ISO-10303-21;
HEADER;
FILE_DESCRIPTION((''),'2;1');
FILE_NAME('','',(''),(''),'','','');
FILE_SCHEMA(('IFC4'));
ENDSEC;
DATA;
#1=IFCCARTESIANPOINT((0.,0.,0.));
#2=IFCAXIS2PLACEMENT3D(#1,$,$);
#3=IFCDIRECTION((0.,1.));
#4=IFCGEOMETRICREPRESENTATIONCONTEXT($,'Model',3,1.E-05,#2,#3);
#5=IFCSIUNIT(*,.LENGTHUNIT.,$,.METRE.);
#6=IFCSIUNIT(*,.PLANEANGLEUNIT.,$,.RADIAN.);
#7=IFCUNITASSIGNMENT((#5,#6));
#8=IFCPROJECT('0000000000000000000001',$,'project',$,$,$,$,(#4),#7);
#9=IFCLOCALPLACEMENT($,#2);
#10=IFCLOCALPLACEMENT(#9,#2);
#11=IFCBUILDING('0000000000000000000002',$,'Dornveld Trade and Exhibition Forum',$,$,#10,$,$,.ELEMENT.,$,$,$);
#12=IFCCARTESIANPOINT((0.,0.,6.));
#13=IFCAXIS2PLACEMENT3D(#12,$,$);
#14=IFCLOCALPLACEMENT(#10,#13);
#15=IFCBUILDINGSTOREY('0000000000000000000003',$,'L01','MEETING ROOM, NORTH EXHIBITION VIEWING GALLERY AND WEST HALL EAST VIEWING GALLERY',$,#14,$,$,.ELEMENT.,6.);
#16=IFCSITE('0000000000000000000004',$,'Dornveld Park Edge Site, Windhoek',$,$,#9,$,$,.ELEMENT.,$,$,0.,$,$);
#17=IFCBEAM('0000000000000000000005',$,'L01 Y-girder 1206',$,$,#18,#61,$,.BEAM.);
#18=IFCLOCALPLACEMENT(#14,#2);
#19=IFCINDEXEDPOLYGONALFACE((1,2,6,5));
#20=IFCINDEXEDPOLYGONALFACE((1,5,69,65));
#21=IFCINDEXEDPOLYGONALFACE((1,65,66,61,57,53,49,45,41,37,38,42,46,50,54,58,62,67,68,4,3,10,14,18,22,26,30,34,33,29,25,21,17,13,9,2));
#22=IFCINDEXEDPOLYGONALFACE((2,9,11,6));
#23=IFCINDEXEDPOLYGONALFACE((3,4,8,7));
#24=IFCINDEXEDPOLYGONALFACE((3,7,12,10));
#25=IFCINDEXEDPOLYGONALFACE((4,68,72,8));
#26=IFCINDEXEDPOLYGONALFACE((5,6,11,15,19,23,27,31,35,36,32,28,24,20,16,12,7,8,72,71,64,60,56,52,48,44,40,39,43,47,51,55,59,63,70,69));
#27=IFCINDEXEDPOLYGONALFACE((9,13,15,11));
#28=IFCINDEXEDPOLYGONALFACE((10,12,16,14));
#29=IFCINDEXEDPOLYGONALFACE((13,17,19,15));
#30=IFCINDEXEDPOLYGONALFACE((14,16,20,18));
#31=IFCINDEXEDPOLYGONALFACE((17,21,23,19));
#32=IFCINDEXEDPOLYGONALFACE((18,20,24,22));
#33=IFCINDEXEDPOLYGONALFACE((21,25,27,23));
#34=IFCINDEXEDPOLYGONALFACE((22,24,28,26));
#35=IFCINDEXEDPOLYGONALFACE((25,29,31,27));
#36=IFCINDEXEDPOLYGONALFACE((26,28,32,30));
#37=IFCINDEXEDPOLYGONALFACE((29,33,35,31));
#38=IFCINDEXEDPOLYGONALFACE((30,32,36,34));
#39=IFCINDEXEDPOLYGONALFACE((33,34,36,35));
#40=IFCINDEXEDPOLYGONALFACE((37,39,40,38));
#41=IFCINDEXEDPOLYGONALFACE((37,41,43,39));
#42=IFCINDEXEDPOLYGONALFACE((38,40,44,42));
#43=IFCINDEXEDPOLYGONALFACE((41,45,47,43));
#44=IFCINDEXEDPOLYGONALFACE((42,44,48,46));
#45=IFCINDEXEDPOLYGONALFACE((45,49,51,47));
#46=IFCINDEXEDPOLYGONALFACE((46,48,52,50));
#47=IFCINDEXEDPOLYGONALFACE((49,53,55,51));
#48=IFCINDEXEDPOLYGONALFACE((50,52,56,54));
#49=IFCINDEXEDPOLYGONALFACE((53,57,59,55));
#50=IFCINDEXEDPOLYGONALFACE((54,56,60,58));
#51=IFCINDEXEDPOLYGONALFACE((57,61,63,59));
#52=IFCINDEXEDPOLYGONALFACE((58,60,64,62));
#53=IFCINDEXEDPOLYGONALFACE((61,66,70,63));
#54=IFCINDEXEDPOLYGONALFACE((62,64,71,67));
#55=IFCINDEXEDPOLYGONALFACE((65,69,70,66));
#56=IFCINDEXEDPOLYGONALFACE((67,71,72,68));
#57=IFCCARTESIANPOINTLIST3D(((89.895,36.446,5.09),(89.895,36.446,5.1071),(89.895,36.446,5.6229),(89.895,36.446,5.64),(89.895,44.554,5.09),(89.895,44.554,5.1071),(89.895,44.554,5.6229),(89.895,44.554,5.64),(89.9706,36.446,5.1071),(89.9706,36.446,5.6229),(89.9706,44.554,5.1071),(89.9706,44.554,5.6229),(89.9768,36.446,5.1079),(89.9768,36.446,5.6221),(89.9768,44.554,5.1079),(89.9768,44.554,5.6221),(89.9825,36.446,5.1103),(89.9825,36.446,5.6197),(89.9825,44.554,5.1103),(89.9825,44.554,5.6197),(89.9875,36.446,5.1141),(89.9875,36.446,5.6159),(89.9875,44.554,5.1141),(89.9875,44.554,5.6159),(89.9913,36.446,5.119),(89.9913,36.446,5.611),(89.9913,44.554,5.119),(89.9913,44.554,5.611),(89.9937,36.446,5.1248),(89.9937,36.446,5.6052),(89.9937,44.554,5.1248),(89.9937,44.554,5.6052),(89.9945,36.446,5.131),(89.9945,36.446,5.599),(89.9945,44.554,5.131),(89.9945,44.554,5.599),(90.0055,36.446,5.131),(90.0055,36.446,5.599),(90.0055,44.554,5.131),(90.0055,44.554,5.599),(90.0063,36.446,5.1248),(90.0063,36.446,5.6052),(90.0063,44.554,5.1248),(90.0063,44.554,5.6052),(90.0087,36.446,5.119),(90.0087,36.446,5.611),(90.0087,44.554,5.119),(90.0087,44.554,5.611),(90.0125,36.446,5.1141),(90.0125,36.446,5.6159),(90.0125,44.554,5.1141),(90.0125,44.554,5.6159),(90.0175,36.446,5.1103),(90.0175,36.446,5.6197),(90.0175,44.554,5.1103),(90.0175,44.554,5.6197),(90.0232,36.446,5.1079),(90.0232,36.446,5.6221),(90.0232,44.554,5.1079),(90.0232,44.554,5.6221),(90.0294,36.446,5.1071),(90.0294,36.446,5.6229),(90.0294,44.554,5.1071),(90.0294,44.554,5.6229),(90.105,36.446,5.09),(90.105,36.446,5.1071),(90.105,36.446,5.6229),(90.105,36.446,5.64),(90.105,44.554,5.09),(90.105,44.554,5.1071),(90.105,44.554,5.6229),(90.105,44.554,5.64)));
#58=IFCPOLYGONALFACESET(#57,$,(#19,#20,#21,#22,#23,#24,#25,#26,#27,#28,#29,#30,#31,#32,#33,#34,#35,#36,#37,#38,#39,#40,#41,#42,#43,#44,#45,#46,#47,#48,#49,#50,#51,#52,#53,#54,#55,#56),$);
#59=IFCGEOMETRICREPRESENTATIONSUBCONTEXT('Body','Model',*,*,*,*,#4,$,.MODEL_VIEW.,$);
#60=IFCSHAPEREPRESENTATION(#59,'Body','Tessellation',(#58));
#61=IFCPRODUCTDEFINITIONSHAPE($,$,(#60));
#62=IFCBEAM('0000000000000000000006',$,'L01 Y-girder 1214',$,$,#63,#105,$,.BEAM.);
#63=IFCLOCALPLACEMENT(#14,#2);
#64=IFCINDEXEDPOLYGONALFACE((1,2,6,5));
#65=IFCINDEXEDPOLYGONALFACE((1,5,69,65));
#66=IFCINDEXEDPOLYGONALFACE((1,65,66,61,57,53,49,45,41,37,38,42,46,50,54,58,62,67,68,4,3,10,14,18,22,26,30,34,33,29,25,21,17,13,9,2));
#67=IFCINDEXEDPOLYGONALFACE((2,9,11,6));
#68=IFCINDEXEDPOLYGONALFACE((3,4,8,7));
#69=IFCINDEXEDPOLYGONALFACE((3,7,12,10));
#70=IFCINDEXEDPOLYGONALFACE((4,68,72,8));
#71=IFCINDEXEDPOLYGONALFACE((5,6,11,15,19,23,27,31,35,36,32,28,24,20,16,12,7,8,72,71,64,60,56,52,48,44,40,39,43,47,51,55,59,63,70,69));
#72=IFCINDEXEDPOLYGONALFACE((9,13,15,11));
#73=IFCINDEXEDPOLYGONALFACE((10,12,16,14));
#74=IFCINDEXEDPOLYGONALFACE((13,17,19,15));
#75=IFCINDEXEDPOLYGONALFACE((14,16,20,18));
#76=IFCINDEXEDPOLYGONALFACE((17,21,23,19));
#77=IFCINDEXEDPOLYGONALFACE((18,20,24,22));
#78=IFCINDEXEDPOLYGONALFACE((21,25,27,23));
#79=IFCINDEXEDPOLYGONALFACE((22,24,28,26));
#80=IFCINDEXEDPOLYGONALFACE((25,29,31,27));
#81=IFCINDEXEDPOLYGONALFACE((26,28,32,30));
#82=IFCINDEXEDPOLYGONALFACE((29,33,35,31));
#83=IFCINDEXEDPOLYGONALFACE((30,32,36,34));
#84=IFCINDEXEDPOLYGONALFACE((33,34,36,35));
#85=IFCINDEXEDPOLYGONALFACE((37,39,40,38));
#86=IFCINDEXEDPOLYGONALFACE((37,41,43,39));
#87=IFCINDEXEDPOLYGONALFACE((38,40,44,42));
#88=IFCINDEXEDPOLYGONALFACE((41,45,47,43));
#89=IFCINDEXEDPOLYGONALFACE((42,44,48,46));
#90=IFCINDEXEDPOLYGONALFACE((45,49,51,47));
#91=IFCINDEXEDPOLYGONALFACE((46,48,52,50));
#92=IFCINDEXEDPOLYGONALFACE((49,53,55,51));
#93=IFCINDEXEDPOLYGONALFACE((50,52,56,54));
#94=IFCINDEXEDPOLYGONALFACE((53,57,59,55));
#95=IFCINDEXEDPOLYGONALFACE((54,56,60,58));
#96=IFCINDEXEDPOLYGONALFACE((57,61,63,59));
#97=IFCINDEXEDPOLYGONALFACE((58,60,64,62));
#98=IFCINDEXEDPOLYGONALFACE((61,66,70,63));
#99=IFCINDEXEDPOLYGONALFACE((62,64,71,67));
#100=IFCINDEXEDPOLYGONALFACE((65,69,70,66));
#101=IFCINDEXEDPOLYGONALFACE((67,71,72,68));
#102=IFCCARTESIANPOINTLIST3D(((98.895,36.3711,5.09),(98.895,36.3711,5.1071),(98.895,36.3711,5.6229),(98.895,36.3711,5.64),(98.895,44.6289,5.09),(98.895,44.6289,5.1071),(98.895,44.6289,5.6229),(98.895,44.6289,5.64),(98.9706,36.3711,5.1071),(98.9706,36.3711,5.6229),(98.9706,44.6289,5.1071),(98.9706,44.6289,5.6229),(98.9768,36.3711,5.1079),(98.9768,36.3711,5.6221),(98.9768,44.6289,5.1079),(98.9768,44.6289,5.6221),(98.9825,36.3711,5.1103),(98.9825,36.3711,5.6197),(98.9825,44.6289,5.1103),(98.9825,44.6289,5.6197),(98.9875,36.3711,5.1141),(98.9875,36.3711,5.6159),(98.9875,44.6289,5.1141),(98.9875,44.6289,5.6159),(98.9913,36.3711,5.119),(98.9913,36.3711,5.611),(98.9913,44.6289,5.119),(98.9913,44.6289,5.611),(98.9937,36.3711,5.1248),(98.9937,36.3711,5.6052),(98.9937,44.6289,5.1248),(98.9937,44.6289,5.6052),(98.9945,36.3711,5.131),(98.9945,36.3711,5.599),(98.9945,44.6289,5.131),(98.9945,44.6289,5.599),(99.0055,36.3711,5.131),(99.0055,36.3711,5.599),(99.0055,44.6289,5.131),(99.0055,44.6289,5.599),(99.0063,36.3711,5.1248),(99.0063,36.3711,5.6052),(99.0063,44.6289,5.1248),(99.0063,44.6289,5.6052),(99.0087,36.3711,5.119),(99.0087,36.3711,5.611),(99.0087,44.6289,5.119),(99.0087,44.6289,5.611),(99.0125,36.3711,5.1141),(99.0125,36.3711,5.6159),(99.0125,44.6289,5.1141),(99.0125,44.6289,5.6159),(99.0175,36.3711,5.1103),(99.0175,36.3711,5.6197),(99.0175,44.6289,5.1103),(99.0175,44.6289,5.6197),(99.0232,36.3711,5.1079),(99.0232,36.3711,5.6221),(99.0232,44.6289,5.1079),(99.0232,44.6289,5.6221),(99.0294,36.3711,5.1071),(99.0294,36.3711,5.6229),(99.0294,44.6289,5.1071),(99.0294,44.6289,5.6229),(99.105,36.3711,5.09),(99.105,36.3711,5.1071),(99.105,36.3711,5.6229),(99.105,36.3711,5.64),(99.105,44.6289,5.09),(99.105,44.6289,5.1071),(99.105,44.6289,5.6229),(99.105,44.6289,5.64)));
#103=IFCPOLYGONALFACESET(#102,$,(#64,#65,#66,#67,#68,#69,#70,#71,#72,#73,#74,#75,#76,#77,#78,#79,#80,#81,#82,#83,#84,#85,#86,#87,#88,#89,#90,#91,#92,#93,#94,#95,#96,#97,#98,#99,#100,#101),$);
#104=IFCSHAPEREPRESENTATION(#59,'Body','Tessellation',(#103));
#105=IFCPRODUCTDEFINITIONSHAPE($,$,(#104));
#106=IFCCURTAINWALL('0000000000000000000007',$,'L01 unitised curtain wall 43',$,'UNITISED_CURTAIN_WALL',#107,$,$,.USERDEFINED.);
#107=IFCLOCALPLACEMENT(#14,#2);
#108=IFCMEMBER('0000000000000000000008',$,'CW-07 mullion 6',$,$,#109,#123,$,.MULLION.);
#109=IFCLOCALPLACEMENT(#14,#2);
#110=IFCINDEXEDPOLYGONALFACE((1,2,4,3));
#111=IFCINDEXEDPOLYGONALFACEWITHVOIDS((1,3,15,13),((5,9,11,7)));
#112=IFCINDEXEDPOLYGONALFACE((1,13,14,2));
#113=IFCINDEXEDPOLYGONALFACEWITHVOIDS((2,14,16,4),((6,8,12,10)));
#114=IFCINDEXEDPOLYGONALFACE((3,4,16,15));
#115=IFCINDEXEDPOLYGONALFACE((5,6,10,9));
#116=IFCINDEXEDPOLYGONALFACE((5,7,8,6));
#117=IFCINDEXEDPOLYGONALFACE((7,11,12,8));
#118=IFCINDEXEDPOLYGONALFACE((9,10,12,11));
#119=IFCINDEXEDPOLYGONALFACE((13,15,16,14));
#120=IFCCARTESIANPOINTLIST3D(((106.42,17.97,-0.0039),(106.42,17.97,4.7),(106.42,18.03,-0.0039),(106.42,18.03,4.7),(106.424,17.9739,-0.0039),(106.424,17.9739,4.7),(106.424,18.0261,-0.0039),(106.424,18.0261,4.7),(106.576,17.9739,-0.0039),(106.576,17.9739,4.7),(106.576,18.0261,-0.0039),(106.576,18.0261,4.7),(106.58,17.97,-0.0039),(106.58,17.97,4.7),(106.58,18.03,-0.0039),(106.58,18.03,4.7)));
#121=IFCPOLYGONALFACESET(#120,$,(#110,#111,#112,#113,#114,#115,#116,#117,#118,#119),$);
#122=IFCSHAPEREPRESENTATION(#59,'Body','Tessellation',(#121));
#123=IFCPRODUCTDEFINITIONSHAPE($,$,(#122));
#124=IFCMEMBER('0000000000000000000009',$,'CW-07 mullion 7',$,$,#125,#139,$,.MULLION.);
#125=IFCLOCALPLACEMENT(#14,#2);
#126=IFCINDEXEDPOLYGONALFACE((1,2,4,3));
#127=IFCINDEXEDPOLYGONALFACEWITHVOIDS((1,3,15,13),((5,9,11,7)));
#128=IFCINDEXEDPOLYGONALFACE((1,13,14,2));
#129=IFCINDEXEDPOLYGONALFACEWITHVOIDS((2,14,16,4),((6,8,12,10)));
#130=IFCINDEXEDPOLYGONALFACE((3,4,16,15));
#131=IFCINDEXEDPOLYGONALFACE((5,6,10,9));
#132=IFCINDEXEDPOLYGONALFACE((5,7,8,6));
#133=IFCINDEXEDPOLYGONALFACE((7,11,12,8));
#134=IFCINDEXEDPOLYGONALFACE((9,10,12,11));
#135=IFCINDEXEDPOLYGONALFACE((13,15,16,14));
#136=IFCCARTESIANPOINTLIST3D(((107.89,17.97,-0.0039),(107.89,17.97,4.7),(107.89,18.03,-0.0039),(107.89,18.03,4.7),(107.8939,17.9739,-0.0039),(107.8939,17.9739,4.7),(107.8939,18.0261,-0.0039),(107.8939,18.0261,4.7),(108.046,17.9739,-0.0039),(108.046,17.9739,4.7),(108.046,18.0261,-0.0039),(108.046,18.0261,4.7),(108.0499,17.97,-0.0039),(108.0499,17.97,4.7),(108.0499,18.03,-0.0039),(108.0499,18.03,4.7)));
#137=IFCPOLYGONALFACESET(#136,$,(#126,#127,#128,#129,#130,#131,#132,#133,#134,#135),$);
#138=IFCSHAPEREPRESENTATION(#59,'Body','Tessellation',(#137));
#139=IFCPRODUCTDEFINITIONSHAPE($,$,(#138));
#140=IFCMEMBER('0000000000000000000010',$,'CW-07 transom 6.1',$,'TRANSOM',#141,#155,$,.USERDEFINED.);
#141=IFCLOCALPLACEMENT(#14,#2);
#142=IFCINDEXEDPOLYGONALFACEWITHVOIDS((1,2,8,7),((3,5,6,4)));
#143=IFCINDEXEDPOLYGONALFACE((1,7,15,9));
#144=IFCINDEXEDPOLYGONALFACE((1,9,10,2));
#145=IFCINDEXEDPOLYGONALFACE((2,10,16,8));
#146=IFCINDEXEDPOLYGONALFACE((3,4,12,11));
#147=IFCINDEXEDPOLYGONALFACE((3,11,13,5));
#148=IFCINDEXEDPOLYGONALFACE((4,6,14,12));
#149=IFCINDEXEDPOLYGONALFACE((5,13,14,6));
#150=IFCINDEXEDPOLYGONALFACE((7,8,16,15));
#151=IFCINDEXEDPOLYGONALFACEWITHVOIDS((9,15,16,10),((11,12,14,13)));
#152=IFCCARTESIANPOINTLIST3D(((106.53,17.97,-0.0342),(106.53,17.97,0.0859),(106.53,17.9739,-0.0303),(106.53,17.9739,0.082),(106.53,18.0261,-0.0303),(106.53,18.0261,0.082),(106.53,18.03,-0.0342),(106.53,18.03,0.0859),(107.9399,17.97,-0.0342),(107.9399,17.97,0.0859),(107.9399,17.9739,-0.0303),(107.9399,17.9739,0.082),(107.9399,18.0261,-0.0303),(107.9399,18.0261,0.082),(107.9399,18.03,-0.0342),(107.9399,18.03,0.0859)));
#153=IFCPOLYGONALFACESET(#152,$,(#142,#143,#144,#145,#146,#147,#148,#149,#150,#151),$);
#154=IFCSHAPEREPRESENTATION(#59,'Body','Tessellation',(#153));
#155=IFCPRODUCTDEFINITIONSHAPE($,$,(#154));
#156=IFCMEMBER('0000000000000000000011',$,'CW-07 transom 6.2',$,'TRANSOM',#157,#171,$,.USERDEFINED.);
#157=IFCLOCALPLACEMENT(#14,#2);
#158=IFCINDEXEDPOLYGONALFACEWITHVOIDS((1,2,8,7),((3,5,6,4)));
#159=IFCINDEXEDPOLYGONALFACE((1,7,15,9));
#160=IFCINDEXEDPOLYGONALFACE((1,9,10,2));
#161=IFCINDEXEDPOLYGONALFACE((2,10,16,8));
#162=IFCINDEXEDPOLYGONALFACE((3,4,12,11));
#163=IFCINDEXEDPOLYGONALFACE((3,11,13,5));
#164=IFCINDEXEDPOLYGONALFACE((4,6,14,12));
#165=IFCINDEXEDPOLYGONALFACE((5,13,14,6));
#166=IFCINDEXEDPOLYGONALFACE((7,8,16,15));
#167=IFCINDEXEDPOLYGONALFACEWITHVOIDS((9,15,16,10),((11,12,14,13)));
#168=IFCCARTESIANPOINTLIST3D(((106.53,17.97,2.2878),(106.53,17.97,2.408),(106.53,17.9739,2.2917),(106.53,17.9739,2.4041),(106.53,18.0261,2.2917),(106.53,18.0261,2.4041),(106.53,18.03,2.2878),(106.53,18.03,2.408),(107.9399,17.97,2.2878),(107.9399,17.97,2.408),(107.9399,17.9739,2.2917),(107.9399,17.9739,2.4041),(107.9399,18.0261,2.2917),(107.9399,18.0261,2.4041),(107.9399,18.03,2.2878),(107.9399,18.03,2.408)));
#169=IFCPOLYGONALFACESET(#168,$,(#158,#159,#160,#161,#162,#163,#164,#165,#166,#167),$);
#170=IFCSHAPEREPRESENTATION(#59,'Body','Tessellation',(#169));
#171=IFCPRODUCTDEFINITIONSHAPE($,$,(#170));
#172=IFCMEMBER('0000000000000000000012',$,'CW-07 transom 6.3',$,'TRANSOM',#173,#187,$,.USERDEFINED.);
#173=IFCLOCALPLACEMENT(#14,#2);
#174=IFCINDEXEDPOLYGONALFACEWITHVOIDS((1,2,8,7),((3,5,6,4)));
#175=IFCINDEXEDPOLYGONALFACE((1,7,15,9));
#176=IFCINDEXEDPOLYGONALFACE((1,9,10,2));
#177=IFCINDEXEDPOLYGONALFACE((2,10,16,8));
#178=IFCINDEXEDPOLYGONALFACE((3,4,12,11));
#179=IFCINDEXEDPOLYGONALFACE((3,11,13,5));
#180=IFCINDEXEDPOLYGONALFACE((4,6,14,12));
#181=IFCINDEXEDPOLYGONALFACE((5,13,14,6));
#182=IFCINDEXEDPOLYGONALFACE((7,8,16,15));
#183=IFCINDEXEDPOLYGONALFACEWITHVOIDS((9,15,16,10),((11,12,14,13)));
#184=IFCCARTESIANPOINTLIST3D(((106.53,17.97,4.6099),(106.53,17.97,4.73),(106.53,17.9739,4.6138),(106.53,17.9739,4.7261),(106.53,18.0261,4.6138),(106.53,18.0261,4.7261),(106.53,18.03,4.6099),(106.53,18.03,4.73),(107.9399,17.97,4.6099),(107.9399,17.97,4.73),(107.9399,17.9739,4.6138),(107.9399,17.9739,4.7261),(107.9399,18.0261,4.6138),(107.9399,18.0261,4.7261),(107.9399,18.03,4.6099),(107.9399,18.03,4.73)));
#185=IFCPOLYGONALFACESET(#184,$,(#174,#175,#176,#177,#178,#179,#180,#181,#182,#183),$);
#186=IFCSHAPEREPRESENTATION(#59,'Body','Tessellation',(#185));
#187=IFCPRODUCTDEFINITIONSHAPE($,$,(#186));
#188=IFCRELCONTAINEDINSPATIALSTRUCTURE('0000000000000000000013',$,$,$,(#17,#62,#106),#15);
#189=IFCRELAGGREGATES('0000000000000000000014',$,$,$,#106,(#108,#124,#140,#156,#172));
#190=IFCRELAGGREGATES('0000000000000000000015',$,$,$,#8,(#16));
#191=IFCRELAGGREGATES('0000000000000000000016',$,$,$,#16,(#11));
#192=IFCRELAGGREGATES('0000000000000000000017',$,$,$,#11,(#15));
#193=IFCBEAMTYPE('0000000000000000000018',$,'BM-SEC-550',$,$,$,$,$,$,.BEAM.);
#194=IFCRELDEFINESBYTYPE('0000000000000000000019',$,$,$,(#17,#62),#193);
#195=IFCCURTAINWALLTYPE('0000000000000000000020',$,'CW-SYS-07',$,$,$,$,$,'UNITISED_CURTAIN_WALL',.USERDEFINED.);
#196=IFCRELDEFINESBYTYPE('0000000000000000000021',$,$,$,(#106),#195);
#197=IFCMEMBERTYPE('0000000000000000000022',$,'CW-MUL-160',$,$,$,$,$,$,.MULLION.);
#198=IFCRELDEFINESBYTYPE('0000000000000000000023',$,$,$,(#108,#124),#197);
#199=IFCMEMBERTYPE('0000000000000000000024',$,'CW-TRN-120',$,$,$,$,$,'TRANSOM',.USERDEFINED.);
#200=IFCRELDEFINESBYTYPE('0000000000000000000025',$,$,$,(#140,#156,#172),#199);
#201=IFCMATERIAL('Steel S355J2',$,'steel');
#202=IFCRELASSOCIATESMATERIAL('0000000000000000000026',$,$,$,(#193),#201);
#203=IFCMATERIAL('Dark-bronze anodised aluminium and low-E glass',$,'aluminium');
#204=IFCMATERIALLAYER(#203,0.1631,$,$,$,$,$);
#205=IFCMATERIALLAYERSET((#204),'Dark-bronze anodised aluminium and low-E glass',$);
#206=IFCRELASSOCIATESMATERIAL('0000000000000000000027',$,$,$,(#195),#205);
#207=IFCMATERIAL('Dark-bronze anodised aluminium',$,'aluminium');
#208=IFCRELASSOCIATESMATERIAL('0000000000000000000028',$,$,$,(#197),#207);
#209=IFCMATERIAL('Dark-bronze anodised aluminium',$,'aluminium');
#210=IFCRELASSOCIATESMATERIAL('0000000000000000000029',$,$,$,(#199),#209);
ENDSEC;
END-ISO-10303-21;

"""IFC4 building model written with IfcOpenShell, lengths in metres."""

from ifc_helpers import new_model, si_unit, direction, frame, origin, origin_2d, place, context, subcontext, project, spatial, hollow_rectangle, i_section, extrude, material, layer, layer_set, material_profile, profile_set, type_object, element, aggregate, save


model = new_model("IFC4")

# Units and contexts
model_context = context("Model", 3, precision=1e-05, world=origin(), true_north=direction((0.0, 1.0)))
body_context = subcontext(model_context, "Body", "Model", "MODEL_VIEW")
ifc_project = project(units=[si_unit("LENGTHUNIT", "METRE"), si_unit("PLANEANGLEUNIT", "RADIAN")], contexts=[model_context])

# Site, building, storey
site_placement = place(None, origin())
site = spatial("IfcSite", under=ifc_project, at=site_placement, Name="Dornveld Park Edge Site, Windhoek", CompositionType="ELEMENT", RefElevation=0.0)
building_placement = place(site_placement, origin())
building = spatial("IfcBuilding", under=site, at=building_placement, Name="Dornveld Trade and Exhibition Forum", CompositionType="ELEMENT")
storey_placement = place(building_placement, frame((0.0, 0.0, 6.0)))
storey = spatial("IfcBuildingStorey", under=building, at=storey_placement, Name="L01", Description="MEETING ROOM, NORTH EXHIBITION VIEWING GALLERY AND WEST HALL EAST VIEWING GALLERY", CompositionType="ELEMENT", Elevation=6.0)

# Beams
ifc_material_1 = material(Name="Steel S355J2", Category="steel")
ifc_material_profile_1 = material_profile(ifc_material_1, i_section(OverallWidth=0.21, OverallDepth=0.55, WebThickness=0.011, FlangeThickness=0.0171, FilletRadius=0.0239, at=origin_2d()), Name="IPE 550")
ifc_profile_set_1 = profile_set([ifc_material_profile_1], Name="Steel S355J2")
beam_type_1 = type_object("IfcBeamType", Name="BM-SEC-550", PredefinedType="BEAM", material=ifc_profile_set_1)
beam_1_placement = place(storey_placement, frame((90.0, 36.446, 5.365), z_axis=(0.0, 1.0, 0.0), x_axis=(-1.0, 0.0, 0.0)))
element("IfcBeam", 1, at=beam_1_placement, inside=storey, type_object=beam_type_1, Name="L01 Y-girder 1206", PredefinedType="BEAM", context=body_context, shape_type="SweptSolid", body=[
    extrude(i_section(OverallWidth=0.21, OverallDepth=0.55, WebThickness=0.011, FlangeThickness=0.0171, FilletRadius=0.0239, at=origin_2d()), origin(), (0.0, 0.0, 1.0), 8.1079),
])
beam_2_placement = place(storey_placement, frame((99.0, 36.3711, 5.365), z_axis=(0.0, 1.0, 0.0), x_axis=(-1.0, 0.0, 0.0)))
element("IfcBeam", 2, at=beam_2_placement, inside=storey, type_object=beam_type_1, Name="L01 Y-girder 1214", PredefinedType="BEAM", context=body_context, shape_type="SweptSolid", body=[
    extrude(i_section(OverallWidth=0.21, OverallDepth=0.55, WebThickness=0.011, FlangeThickness=0.0171, FilletRadius=0.0239, at=origin_2d()), origin(), (0.0, 0.0, 1.0), 8.2578),
])

# Curtain wall, members
ifc_material_2 = material(Name="Dark-bronze anodised aluminium and low-E glass", Category="aluminium")
ifc_layer_1 = layer(ifc_material_2, 0.1631)
ifc_layer_set_1 = layer_set([ifc_layer_1], Name="Dark-bronze anodised aluminium and low-E glass")
curtain_wall_type = type_object("IfcCurtainWallType", Name="CW-SYS-07", ElementType="UNITISED_CURTAIN_WALL", PredefinedType="USERDEFINED", material=ifc_layer_set_1)
curtain_wall_placement = place(storey_placement, origin())
curtain_wall = element("IfcCurtainWall", 3, at=curtain_wall_placement, inside=storey, type_object=curtain_wall_type, Name="L01 unitised curtain wall 43", ObjectType="UNITISED_CURTAIN_WALL", PredefinedType="USERDEFINED")
ifc_material_3 = material(Name="Dark-bronze anodised aluminium", Category="aluminium")
ifc_material_profile_2 = material_profile(ifc_material_3, hollow_rectangle(XDim=0.0601, YDim=0.1599, WallThickness=0.0039, at=origin_2d()), Name="RHS 160x60x4")
ifc_profile_set_2 = profile_set([ifc_material_profile_2], Name="Dark-bronze anodised aluminium")
member_type_1 = type_object("IfcMemberType", Name="CW-MUL-160", PredefinedType="MULLION", material=ifc_profile_set_2)
member_1_placement = place(storey_placement, frame((106.5, 18.0, -0.0039), z_axis=(0.0, 0.0, 1.0), x_axis=(0.0, 1.0, 0.0)))
member_1 = element("IfcMember", 4, at=member_1_placement, type_object=member_type_1, Name="CW-07 mullion 6", PredefinedType="MULLION", context=body_context, shape_type="SweptSolid", body=[
    extrude(hollow_rectangle(XDim=0.0601, YDim=0.1599, WallThickness=0.0039, at=origin_2d()), origin(), (0.0, 0.0, 1.0), 4.7039),
])
member_2_placement = place(storey_placement, frame((107.97, 18.0, -0.0039), z_axis=(0.0, 0.0, 1.0), x_axis=(0.0, 1.0, 0.0)))
member_2 = element("IfcMember", 5, at=member_2_placement, type_object=member_type_1, Name="CW-07 mullion 7", PredefinedType="MULLION", context=body_context, shape_type="SweptSolid", body=[
    extrude(hollow_rectangle(XDim=0.0601, YDim=0.1599, WallThickness=0.0039, at=origin_2d()), origin(), (0.0, 0.0, 1.0), 4.7039),
])
ifc_material_4 = material(Name="Dark-bronze anodised aluminium", Category="aluminium")
ifc_material_profile_3 = material_profile(ifc_material_4, hollow_rectangle(XDim=0.0601, YDim=0.1201, WallThickness=0.0039, at=origin_2d()), Name="RHS 120x60x4")
ifc_profile_set_3 = profile_set([ifc_material_profile_3], Name="Dark-bronze anodised aluminium")
member_type_2 = type_object("IfcMemberType", Name="CW-TRN-120", ElementType="TRANSOM", PredefinedType="USERDEFINED", material=ifc_profile_set_3)
member_3_placement = place(storey_placement, frame((106.53, 18.0, 0.0259), z_axis=(1.0, 0.0, 0.0), x_axis=(0.0, 1.0, 0.0)))
member_3 = element("IfcMember", 6, at=member_3_placement, type_object=member_type_2, Name="CW-07 transom 6.1", ObjectType="TRANSOM", PredefinedType="USERDEFINED", context=body_context, shape_type="SweptSolid", body=[
    extrude(hollow_rectangle(XDim=0.0601, YDim=0.1201, WallThickness=0.0039, at=origin_2d()), origin(), (0.0, 0.0, 1.0), 1.4099),
])
member_4_placement = place(storey_placement, frame((106.53, 18.0, 2.3479), z_axis=(1.0, 0.0, 0.0), x_axis=(0.0, 1.0, 0.0)))
member_4 = element("IfcMember", 7, at=member_4_placement, type_object=member_type_2, Name="CW-07 transom 6.2", ObjectType="TRANSOM", PredefinedType="USERDEFINED", context=body_context, shape_type="SweptSolid", body=[
    extrude(hollow_rectangle(XDim=0.0601, YDim=0.1201, WallThickness=0.0039, at=origin_2d()), origin(), (0.0, 0.0, 1.0), 1.4099),
])
member_5_placement = place(storey_placement, frame((106.53, 18.0, 4.6699), z_axis=(1.0, 0.0, 0.0), x_axis=(0.0, 1.0, 0.0)))
member_5 = element("IfcMember", 8, at=member_5_placement, type_object=member_type_2, Name="CW-07 transom 6.3", ObjectType="TRANSOM", PredefinedType="USERDEFINED", context=body_context, shape_type="SweptSolid", body=[
    extrude(hollow_rectangle(XDim=0.0601, YDim=0.1201, WallThickness=0.0039, at=origin_2d()), origin(), (0.0, 0.0, 1.0), 1.4099),
])
aggregate(curtain_wall, [member_1, member_2, member_3, member_4, member_5])

save(model, "model.ifc")
